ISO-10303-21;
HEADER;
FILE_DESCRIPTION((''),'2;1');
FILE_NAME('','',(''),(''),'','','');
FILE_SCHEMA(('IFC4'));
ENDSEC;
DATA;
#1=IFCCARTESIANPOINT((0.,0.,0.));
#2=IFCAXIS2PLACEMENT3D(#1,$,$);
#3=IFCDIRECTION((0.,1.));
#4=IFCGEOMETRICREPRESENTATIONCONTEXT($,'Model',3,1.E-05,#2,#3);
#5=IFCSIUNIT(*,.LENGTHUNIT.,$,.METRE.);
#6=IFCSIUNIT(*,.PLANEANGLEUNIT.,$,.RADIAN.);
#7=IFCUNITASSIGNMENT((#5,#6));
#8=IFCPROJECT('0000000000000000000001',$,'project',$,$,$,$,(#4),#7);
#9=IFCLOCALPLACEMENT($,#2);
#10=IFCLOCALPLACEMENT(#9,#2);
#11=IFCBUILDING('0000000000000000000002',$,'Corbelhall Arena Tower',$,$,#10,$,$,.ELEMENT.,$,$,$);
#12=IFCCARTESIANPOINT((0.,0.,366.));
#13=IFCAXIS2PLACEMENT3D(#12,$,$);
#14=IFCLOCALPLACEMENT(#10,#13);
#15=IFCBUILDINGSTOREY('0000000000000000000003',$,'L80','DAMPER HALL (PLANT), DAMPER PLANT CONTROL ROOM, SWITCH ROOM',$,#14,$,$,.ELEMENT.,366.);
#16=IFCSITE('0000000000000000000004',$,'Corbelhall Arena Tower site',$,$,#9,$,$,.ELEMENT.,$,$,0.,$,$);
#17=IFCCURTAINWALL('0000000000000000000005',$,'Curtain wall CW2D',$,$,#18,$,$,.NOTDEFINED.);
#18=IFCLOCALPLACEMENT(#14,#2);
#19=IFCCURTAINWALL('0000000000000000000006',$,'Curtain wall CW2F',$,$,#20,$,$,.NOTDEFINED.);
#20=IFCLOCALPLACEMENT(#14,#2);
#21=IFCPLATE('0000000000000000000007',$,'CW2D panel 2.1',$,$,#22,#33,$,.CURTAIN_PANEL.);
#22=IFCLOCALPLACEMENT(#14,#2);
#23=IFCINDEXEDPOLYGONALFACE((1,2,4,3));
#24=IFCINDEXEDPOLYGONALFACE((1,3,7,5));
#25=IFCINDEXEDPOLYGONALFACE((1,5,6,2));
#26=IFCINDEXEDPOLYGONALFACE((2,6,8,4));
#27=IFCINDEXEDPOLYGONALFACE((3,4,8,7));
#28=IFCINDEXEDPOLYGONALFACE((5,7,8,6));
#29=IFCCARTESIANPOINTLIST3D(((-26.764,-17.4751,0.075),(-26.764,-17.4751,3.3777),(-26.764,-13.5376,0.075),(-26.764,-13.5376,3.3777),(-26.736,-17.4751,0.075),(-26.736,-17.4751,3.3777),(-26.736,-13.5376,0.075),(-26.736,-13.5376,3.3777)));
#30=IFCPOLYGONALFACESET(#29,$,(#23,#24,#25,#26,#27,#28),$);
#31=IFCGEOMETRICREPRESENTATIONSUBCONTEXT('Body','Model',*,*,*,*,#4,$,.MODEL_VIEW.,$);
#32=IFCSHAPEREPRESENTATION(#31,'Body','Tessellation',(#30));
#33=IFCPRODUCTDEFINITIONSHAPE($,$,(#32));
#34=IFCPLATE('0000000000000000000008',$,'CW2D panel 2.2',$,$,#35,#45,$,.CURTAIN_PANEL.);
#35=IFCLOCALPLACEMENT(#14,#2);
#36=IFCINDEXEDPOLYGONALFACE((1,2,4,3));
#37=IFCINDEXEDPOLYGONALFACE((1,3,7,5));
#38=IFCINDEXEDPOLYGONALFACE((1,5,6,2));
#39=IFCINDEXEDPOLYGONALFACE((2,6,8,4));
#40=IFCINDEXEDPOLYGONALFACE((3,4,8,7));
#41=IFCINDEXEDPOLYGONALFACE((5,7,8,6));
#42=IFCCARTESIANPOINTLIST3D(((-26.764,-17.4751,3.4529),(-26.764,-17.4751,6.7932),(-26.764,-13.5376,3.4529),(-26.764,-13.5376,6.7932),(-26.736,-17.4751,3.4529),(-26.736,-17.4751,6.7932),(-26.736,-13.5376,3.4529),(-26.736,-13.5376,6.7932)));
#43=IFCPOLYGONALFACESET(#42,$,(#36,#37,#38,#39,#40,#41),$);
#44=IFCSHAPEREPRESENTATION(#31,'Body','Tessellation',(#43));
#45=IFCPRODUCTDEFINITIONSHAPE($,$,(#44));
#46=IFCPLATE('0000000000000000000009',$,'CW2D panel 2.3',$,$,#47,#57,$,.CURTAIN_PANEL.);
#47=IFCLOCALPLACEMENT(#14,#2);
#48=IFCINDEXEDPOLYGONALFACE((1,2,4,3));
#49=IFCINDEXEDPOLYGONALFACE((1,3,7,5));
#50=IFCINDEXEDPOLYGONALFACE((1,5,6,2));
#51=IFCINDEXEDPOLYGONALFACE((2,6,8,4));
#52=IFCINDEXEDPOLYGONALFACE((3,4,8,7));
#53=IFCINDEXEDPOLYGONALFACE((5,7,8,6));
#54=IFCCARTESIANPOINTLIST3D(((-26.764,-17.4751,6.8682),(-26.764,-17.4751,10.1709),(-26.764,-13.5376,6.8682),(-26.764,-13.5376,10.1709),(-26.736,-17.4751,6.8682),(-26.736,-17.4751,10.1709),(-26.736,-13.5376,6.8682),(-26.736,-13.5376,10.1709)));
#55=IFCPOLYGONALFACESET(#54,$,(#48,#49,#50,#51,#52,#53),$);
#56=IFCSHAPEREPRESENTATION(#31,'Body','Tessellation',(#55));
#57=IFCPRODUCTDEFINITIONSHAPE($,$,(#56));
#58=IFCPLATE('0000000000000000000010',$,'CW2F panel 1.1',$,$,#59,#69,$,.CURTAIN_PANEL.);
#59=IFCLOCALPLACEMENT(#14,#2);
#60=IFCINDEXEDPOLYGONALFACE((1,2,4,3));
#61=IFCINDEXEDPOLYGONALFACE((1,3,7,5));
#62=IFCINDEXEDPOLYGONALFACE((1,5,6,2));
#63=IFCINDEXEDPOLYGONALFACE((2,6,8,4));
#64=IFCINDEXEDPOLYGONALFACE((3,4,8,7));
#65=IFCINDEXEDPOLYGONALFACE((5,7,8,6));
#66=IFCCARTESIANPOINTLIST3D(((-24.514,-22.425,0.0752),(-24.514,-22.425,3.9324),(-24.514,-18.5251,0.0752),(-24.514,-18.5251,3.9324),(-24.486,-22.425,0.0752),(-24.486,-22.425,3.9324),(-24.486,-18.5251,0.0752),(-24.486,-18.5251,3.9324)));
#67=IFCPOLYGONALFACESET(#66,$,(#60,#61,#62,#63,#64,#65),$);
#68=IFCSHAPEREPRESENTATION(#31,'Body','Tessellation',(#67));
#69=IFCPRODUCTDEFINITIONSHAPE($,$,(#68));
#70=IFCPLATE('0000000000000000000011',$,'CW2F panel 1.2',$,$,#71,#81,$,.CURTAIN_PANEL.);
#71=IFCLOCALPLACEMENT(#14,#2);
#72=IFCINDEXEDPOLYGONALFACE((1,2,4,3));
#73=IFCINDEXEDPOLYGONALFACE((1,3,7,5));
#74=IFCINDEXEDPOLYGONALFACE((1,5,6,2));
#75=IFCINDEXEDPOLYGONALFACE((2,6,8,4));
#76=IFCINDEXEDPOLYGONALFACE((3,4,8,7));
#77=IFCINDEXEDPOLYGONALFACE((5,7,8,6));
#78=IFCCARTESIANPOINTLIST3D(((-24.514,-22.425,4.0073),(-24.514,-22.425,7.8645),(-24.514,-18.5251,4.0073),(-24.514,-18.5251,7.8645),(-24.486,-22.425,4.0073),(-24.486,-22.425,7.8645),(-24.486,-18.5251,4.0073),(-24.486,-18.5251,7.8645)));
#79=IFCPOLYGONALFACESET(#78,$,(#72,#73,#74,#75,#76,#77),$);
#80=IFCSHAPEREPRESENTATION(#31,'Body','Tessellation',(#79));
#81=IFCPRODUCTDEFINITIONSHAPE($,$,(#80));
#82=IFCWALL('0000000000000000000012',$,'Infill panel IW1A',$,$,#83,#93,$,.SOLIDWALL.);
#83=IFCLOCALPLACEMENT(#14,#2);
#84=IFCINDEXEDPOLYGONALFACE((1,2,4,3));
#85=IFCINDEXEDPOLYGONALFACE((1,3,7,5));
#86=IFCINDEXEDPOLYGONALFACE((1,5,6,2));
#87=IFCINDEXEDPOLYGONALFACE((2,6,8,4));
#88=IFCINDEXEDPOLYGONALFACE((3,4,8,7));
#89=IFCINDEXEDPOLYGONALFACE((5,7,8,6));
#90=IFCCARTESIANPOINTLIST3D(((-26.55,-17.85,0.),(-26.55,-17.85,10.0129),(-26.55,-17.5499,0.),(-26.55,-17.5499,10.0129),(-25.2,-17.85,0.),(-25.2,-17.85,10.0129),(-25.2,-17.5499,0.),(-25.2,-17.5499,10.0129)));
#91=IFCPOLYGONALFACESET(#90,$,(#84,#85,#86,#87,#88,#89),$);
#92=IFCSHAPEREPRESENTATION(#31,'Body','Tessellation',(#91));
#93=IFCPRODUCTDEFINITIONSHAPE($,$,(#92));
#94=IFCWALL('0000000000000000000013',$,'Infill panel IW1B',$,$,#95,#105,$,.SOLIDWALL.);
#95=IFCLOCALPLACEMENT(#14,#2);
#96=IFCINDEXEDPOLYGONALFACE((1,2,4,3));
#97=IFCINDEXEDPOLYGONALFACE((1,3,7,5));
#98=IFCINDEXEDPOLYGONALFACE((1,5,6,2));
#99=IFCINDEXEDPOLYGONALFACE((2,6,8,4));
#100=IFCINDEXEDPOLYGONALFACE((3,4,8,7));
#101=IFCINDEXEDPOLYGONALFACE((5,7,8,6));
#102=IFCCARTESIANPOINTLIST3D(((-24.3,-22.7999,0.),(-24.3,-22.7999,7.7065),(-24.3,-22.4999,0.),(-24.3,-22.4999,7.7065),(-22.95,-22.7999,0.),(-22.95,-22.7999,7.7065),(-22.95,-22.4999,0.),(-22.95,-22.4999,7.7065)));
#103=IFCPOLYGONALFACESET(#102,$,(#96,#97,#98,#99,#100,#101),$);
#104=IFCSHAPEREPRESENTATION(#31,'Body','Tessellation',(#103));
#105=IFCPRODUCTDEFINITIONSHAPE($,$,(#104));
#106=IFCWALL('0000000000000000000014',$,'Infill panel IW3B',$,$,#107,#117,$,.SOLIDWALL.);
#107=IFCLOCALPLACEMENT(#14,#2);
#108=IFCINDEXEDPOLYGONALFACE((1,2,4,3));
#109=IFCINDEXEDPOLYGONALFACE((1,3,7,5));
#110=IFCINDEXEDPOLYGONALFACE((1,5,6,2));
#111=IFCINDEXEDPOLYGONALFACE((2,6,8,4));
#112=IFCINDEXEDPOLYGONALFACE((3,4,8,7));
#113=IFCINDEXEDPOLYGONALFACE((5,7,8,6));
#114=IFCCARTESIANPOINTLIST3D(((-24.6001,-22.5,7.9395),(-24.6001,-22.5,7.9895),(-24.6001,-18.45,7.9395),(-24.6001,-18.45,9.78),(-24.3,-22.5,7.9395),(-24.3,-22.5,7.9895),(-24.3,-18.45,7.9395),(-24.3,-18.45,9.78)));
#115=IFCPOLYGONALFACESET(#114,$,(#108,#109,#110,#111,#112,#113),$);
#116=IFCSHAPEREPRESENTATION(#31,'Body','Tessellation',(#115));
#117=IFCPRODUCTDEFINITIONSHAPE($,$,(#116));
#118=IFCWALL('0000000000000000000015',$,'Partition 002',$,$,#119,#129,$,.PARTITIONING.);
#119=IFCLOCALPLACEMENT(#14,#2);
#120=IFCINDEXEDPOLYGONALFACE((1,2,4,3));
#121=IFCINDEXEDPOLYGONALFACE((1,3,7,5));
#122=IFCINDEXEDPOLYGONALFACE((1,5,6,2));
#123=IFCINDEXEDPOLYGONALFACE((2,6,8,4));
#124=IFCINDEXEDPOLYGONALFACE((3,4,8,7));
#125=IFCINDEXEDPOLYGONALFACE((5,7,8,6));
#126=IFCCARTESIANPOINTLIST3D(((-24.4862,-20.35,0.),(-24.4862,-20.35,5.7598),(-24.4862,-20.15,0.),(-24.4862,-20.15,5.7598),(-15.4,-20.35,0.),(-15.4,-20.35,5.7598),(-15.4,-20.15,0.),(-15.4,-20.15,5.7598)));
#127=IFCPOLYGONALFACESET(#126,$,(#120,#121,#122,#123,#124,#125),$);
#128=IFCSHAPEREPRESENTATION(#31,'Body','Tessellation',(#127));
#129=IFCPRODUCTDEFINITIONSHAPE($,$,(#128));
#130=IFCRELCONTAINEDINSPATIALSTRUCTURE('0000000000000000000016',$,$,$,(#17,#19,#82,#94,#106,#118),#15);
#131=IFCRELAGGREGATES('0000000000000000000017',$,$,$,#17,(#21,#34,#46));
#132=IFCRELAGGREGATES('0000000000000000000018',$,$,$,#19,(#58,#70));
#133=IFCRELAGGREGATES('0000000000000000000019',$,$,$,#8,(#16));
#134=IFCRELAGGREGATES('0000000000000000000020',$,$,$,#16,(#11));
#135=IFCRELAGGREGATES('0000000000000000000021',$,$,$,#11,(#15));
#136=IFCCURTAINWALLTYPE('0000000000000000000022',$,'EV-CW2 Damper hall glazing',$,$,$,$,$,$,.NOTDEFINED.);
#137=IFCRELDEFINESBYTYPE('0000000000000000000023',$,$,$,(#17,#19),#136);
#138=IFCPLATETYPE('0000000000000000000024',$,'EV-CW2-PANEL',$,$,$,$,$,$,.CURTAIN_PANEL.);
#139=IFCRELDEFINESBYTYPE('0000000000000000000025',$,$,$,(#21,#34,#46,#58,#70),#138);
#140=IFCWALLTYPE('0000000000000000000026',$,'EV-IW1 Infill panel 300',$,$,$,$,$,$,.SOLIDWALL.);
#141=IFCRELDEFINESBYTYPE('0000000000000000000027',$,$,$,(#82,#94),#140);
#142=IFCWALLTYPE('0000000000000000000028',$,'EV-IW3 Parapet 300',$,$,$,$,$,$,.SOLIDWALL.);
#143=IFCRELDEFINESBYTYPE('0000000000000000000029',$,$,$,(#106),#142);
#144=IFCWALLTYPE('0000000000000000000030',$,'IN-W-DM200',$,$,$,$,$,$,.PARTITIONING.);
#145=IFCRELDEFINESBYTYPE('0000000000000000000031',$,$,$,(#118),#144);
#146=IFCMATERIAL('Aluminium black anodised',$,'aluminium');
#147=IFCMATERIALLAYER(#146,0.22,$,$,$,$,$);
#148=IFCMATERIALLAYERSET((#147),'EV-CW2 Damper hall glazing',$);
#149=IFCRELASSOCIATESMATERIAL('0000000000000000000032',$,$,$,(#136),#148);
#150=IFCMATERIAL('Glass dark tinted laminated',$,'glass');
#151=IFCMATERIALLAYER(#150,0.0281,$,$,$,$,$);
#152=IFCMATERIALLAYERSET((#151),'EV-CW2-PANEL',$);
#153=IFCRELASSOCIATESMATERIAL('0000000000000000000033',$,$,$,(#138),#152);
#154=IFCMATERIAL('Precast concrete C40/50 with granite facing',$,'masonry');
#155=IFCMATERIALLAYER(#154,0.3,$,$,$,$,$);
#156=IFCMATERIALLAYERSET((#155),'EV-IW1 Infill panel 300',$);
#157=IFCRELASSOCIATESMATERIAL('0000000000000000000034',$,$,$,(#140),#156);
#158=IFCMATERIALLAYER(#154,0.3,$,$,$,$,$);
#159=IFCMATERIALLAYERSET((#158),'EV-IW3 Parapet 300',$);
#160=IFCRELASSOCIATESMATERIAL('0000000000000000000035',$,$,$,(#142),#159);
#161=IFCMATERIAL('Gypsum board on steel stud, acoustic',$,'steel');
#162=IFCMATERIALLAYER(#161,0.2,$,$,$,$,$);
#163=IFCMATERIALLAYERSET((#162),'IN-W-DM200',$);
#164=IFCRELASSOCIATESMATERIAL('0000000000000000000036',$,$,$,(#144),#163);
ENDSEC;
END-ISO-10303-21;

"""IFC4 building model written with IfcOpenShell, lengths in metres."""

from ifc_helpers import new_model, si_unit, direction, frame, frame_2d, origin, origin_2d, place, context, subcontext, project, spatial, polyline, rectangle, outline, extrude, material, layer, layer_set, type_object, element, aggregate, save


model = new_model("IFC4")

# Units and contexts
model_context = context("Model", 3, precision=1e-05, world=origin(), true_north=direction((0.0, 1.0)))
body_context = subcontext(model_context, "Body", "Model", "MODEL_VIEW")
ifc_project = project(units=[si_unit("LENGTHUNIT", "METRE"), si_unit("PLANEANGLEUNIT", "RADIAN")], contexts=[model_context])

# Site, building, storey
site_placement = place(None, origin())
site = spatial("IfcSite", under=ifc_project, at=site_placement, Name="Corbelhall Arena Tower site", CompositionType="ELEMENT", RefElevation=0.0)
building_placement = place(site_placement, origin())
building = spatial("IfcBuilding", under=site, at=building_placement, Name="Corbelhall Arena Tower", CompositionType="ELEMENT")
storey_placement = place(building_placement, frame((0.0, 0.0, 366.0)))
storey = spatial("IfcBuildingStorey", under=building, at=storey_placement, Name="L80", Description="DAMPER HALL (PLANT), DAMPER PLANT CONTROL ROOM, SWITCH ROOM", CompositionType="ELEMENT", Elevation=366.0)

# Curtain walls
ifc_material_1 = material(Name="Aluminium black anodised", Category="aluminium")
ifc_layer_1 = layer(ifc_material_1, 0.22)
ifc_layer_set_1 = layer_set([ifc_layer_1], Name="EV-CW2 Damper hall glazing")
curtain_wall_type = type_object("IfcCurtainWallType", Name="EV-CW2 Damper hall glazing", PredefinedType="NOTDEFINED", material=ifc_layer_set_1)
curtain_wall_1_placement = place(storey_placement, origin())
curtain_wall_1 = element("IfcCurtainWall", 1, at=curtain_wall_1_placement, inside=storey, type_object=curtain_wall_type, Name="Curtain wall CW2D", PredefinedType="NOTDEFINED")
curtain_wall_2_placement = place(storey_placement, origin())
curtain_wall_2 = element("IfcCurtainWall", 2, at=curtain_wall_2_placement, inside=storey, type_object=curtain_wall_type, Name="Curtain wall CW2F", PredefinedType="NOTDEFINED")

# Plates
ifc_material_2 = material(Name="Glass dark tinted laminated", Category="glass")
ifc_layer_2 = layer(ifc_material_2, 0.0281)
ifc_layer_set_2 = layer_set([ifc_layer_2], Name="EV-CW2-PANEL")
plate_type = type_object("IfcPlateType", Name="EV-CW2-PANEL", PredefinedType="CURTAIN_PANEL", material=ifc_layer_set_2)
plate_1_placement = place(storey_placement, frame((-26.75, -15.5063, 0.075), z_axis=(0.0, 0.0, 1.0), x_axis=(0.0, -1.0, 0.0)))
plate_1 = element("IfcPlate", 3, at=plate_1_placement, type_object=plate_type, Name="CW2D panel 2.1", PredefinedType="CURTAIN_PANEL", context=body_context, shape_type="SweptSolid", body=[
    extrude(rectangle(XDim=3.9375, YDim=0.0281, at=origin_2d()), origin(), (0.0, 0.0, 1.0), 3.3027),
])
plate_2_placement = place(storey_placement, frame((-26.75, -15.5063, 3.4529), z_axis=(0.0, 0.0, 1.0), x_axis=(0.0, -1.0, 0.0)))
plate_2 = element("IfcPlate", 4, at=plate_2_placement, type_object=plate_type, Name="CW2D panel 2.2", PredefinedType="CURTAIN_PANEL", context=body_context, shape_type="SweptSolid", body=[
    extrude(rectangle(XDim=3.9375, YDim=0.0281, at=origin_2d()), origin(), (0.0, 0.0, 1.0), 3.3403),
])
plate_3_placement = place(storey_placement, frame((-26.75, -15.5063, 6.8682), z_axis=(0.0, 0.0, 1.0), x_axis=(0.0, -1.0, 0.0)))
plate_3 = element("IfcPlate", 5, at=plate_3_placement, type_object=plate_type, Name="CW2D panel 2.3", PredefinedType="CURTAIN_PANEL", context=body_context, shape_type="SweptSolid", body=[
    extrude(rectangle(XDim=3.9375, YDim=0.0281, at=origin_2d()), origin(), (0.0, 0.0, 1.0), 3.3027),
])
aggregate(curtain_wall_1, [plate_1, plate_2, plate_3])
plate_4_placement = place(storey_placement, frame((-24.5, -20.4751, 0.0752), z_axis=(0.0, 0.0, 1.0), x_axis=(0.0, -1.0, 0.0)))
plate_4 = element("IfcPlate", 6, at=plate_4_placement, type_object=plate_type, Name="CW2F panel 1.1", PredefinedType="CURTAIN_PANEL", context=body_context, shape_type="SweptSolid", body=[
    extrude(rectangle(XDim=3.8999, YDim=0.0281, at=origin_2d()), origin(), (0.0, 0.0, 1.0), 3.8572),
])
plate_5_placement = place(storey_placement, frame((-24.5, -20.4751, 4.0073), z_axis=(0.0, 0.0, 1.0), x_axis=(0.0, -1.0, 0.0)))
plate_5 = element("IfcPlate", 7, at=plate_5_placement, type_object=plate_type, Name="CW2F panel 1.2", PredefinedType="CURTAIN_PANEL", context=body_context, shape_type="SweptSolid", body=[
    extrude(rectangle(XDim=3.8999, YDim=0.0281, at=origin_2d()), origin(), (0.0, 0.0, 1.0), 3.8572),
])
aggregate(curtain_wall_2, [plate_4, plate_5])

# Walls
ifc_material_3 = material(Name="Precast concrete C40/50 with granite facing", Category="masonry")
ifc_layer_3 = layer(ifc_material_3, 0.3)
ifc_layer_set_3 = layer_set([ifc_layer_3], Name="EV-IW1 Infill panel 300")
wall_type_1 = type_object("IfcWallType", Name="EV-IW1 Infill panel 300", PredefinedType="SOLIDWALL", material=ifc_layer_set_3)
wall_1_placement = place(storey_placement, frame((-26.55, -17.7, 0.0), z_axis=(0.0, 0.0, 1.0), x_axis=(1.0, 0.0, 0.0)))
element("IfcWall", 8, at=wall_1_placement, inside=storey, type_object=wall_type_1, Name="Infill panel IW1A", PredefinedType="SOLIDWALL", context=body_context, shape_type="SweptSolid", body=[
    extrude(rectangle(XDim=1.3501, YDim=0.3, at=frame_2d((0.675, 0.0))), origin(), (0.0, 0.0, 1.0), 10.0129),
])
wall_2_placement = place(storey_placement, frame((-24.3, -22.6499, 0.0), z_axis=(0.0, 0.0, 1.0), x_axis=(1.0, 0.0, 0.0)))
element("IfcWall", 9, at=wall_2_placement, inside=storey, type_object=wall_type_1, Name="Infill panel IW1B", PredefinedType="SOLIDWALL", context=body_context, shape_type="SweptSolid", body=[
    extrude(rectangle(XDim=1.3501, YDim=0.3, at=frame_2d((0.675, 0.0))), origin(), (0.0, 0.0, 1.0), 7.7065),
])
ifc_layer_4 = layer(ifc_material_3, 0.3)
ifc_layer_set_4 = layer_set([ifc_layer_4], Name="EV-IW3 Parapet 300")
wall_type_2 = type_object("IfcWallType", Name="EV-IW3 Parapet 300", PredefinedType="SOLIDWALL", material=ifc_layer_set_4)
wall_3_placement = place(storey_placement, frame((-24.45, -18.45, 7.9395), z_axis=(0.0, 0.0, 1.0), x_axis=(0.0, -1.0, 0.0)))
element("IfcWall", 10, at=wall_3_placement, inside=storey, type_object=wall_type_2, Name="Infill panel IW3B", PredefinedType="SOLIDWALL", context=body_context, shape_type="SweptSolid", body=[
    extrude(outline(polyline([(0.0, 0.0), (4.05, 0.0), (4.05, 0.05), (0.0, 1.8406), (0.0, 0.0)])), frame((0.0, 0.1499, 0.0), z_axis=(0.0, -1.0, 0.0), x_axis=(1.0, 0.0, 0.0)), (0.0, 0.0, 1.0), 0.3),
])
ifc_material_4 = material(Name="Gypsum board on steel stud, acoustic", Category="steel")
ifc_layer_5 = layer(ifc_material_4, 0.2)
ifc_layer_set_5 = layer_set([ifc_layer_5], Name="IN-W-DM200")
wall_type_3 = type_object("IfcWallType", Name="IN-W-DM200", PredefinedType="PARTITIONING", material=ifc_layer_set_5)
wall_4_placement = place(storey_placement, frame((-24.4861, -20.25, 0.0), z_axis=(0.0, 0.0, 1.0), x_axis=(1.0, 0.0, 0.0)))
element("IfcWall", 11, at=wall_4_placement, inside=storey, type_object=wall_type_3, Name="Partition 002", PredefinedType="PARTITIONING", context=body_context, shape_type="SweptSolid", body=[
    extrude(rectangle(XDim=9.0862, YDim=0.2, at=frame_2d((4.543, 0.0))), origin(), (0.0, 0.0, 1.0), 5.7598),
])

save(model, "model.ifc")
